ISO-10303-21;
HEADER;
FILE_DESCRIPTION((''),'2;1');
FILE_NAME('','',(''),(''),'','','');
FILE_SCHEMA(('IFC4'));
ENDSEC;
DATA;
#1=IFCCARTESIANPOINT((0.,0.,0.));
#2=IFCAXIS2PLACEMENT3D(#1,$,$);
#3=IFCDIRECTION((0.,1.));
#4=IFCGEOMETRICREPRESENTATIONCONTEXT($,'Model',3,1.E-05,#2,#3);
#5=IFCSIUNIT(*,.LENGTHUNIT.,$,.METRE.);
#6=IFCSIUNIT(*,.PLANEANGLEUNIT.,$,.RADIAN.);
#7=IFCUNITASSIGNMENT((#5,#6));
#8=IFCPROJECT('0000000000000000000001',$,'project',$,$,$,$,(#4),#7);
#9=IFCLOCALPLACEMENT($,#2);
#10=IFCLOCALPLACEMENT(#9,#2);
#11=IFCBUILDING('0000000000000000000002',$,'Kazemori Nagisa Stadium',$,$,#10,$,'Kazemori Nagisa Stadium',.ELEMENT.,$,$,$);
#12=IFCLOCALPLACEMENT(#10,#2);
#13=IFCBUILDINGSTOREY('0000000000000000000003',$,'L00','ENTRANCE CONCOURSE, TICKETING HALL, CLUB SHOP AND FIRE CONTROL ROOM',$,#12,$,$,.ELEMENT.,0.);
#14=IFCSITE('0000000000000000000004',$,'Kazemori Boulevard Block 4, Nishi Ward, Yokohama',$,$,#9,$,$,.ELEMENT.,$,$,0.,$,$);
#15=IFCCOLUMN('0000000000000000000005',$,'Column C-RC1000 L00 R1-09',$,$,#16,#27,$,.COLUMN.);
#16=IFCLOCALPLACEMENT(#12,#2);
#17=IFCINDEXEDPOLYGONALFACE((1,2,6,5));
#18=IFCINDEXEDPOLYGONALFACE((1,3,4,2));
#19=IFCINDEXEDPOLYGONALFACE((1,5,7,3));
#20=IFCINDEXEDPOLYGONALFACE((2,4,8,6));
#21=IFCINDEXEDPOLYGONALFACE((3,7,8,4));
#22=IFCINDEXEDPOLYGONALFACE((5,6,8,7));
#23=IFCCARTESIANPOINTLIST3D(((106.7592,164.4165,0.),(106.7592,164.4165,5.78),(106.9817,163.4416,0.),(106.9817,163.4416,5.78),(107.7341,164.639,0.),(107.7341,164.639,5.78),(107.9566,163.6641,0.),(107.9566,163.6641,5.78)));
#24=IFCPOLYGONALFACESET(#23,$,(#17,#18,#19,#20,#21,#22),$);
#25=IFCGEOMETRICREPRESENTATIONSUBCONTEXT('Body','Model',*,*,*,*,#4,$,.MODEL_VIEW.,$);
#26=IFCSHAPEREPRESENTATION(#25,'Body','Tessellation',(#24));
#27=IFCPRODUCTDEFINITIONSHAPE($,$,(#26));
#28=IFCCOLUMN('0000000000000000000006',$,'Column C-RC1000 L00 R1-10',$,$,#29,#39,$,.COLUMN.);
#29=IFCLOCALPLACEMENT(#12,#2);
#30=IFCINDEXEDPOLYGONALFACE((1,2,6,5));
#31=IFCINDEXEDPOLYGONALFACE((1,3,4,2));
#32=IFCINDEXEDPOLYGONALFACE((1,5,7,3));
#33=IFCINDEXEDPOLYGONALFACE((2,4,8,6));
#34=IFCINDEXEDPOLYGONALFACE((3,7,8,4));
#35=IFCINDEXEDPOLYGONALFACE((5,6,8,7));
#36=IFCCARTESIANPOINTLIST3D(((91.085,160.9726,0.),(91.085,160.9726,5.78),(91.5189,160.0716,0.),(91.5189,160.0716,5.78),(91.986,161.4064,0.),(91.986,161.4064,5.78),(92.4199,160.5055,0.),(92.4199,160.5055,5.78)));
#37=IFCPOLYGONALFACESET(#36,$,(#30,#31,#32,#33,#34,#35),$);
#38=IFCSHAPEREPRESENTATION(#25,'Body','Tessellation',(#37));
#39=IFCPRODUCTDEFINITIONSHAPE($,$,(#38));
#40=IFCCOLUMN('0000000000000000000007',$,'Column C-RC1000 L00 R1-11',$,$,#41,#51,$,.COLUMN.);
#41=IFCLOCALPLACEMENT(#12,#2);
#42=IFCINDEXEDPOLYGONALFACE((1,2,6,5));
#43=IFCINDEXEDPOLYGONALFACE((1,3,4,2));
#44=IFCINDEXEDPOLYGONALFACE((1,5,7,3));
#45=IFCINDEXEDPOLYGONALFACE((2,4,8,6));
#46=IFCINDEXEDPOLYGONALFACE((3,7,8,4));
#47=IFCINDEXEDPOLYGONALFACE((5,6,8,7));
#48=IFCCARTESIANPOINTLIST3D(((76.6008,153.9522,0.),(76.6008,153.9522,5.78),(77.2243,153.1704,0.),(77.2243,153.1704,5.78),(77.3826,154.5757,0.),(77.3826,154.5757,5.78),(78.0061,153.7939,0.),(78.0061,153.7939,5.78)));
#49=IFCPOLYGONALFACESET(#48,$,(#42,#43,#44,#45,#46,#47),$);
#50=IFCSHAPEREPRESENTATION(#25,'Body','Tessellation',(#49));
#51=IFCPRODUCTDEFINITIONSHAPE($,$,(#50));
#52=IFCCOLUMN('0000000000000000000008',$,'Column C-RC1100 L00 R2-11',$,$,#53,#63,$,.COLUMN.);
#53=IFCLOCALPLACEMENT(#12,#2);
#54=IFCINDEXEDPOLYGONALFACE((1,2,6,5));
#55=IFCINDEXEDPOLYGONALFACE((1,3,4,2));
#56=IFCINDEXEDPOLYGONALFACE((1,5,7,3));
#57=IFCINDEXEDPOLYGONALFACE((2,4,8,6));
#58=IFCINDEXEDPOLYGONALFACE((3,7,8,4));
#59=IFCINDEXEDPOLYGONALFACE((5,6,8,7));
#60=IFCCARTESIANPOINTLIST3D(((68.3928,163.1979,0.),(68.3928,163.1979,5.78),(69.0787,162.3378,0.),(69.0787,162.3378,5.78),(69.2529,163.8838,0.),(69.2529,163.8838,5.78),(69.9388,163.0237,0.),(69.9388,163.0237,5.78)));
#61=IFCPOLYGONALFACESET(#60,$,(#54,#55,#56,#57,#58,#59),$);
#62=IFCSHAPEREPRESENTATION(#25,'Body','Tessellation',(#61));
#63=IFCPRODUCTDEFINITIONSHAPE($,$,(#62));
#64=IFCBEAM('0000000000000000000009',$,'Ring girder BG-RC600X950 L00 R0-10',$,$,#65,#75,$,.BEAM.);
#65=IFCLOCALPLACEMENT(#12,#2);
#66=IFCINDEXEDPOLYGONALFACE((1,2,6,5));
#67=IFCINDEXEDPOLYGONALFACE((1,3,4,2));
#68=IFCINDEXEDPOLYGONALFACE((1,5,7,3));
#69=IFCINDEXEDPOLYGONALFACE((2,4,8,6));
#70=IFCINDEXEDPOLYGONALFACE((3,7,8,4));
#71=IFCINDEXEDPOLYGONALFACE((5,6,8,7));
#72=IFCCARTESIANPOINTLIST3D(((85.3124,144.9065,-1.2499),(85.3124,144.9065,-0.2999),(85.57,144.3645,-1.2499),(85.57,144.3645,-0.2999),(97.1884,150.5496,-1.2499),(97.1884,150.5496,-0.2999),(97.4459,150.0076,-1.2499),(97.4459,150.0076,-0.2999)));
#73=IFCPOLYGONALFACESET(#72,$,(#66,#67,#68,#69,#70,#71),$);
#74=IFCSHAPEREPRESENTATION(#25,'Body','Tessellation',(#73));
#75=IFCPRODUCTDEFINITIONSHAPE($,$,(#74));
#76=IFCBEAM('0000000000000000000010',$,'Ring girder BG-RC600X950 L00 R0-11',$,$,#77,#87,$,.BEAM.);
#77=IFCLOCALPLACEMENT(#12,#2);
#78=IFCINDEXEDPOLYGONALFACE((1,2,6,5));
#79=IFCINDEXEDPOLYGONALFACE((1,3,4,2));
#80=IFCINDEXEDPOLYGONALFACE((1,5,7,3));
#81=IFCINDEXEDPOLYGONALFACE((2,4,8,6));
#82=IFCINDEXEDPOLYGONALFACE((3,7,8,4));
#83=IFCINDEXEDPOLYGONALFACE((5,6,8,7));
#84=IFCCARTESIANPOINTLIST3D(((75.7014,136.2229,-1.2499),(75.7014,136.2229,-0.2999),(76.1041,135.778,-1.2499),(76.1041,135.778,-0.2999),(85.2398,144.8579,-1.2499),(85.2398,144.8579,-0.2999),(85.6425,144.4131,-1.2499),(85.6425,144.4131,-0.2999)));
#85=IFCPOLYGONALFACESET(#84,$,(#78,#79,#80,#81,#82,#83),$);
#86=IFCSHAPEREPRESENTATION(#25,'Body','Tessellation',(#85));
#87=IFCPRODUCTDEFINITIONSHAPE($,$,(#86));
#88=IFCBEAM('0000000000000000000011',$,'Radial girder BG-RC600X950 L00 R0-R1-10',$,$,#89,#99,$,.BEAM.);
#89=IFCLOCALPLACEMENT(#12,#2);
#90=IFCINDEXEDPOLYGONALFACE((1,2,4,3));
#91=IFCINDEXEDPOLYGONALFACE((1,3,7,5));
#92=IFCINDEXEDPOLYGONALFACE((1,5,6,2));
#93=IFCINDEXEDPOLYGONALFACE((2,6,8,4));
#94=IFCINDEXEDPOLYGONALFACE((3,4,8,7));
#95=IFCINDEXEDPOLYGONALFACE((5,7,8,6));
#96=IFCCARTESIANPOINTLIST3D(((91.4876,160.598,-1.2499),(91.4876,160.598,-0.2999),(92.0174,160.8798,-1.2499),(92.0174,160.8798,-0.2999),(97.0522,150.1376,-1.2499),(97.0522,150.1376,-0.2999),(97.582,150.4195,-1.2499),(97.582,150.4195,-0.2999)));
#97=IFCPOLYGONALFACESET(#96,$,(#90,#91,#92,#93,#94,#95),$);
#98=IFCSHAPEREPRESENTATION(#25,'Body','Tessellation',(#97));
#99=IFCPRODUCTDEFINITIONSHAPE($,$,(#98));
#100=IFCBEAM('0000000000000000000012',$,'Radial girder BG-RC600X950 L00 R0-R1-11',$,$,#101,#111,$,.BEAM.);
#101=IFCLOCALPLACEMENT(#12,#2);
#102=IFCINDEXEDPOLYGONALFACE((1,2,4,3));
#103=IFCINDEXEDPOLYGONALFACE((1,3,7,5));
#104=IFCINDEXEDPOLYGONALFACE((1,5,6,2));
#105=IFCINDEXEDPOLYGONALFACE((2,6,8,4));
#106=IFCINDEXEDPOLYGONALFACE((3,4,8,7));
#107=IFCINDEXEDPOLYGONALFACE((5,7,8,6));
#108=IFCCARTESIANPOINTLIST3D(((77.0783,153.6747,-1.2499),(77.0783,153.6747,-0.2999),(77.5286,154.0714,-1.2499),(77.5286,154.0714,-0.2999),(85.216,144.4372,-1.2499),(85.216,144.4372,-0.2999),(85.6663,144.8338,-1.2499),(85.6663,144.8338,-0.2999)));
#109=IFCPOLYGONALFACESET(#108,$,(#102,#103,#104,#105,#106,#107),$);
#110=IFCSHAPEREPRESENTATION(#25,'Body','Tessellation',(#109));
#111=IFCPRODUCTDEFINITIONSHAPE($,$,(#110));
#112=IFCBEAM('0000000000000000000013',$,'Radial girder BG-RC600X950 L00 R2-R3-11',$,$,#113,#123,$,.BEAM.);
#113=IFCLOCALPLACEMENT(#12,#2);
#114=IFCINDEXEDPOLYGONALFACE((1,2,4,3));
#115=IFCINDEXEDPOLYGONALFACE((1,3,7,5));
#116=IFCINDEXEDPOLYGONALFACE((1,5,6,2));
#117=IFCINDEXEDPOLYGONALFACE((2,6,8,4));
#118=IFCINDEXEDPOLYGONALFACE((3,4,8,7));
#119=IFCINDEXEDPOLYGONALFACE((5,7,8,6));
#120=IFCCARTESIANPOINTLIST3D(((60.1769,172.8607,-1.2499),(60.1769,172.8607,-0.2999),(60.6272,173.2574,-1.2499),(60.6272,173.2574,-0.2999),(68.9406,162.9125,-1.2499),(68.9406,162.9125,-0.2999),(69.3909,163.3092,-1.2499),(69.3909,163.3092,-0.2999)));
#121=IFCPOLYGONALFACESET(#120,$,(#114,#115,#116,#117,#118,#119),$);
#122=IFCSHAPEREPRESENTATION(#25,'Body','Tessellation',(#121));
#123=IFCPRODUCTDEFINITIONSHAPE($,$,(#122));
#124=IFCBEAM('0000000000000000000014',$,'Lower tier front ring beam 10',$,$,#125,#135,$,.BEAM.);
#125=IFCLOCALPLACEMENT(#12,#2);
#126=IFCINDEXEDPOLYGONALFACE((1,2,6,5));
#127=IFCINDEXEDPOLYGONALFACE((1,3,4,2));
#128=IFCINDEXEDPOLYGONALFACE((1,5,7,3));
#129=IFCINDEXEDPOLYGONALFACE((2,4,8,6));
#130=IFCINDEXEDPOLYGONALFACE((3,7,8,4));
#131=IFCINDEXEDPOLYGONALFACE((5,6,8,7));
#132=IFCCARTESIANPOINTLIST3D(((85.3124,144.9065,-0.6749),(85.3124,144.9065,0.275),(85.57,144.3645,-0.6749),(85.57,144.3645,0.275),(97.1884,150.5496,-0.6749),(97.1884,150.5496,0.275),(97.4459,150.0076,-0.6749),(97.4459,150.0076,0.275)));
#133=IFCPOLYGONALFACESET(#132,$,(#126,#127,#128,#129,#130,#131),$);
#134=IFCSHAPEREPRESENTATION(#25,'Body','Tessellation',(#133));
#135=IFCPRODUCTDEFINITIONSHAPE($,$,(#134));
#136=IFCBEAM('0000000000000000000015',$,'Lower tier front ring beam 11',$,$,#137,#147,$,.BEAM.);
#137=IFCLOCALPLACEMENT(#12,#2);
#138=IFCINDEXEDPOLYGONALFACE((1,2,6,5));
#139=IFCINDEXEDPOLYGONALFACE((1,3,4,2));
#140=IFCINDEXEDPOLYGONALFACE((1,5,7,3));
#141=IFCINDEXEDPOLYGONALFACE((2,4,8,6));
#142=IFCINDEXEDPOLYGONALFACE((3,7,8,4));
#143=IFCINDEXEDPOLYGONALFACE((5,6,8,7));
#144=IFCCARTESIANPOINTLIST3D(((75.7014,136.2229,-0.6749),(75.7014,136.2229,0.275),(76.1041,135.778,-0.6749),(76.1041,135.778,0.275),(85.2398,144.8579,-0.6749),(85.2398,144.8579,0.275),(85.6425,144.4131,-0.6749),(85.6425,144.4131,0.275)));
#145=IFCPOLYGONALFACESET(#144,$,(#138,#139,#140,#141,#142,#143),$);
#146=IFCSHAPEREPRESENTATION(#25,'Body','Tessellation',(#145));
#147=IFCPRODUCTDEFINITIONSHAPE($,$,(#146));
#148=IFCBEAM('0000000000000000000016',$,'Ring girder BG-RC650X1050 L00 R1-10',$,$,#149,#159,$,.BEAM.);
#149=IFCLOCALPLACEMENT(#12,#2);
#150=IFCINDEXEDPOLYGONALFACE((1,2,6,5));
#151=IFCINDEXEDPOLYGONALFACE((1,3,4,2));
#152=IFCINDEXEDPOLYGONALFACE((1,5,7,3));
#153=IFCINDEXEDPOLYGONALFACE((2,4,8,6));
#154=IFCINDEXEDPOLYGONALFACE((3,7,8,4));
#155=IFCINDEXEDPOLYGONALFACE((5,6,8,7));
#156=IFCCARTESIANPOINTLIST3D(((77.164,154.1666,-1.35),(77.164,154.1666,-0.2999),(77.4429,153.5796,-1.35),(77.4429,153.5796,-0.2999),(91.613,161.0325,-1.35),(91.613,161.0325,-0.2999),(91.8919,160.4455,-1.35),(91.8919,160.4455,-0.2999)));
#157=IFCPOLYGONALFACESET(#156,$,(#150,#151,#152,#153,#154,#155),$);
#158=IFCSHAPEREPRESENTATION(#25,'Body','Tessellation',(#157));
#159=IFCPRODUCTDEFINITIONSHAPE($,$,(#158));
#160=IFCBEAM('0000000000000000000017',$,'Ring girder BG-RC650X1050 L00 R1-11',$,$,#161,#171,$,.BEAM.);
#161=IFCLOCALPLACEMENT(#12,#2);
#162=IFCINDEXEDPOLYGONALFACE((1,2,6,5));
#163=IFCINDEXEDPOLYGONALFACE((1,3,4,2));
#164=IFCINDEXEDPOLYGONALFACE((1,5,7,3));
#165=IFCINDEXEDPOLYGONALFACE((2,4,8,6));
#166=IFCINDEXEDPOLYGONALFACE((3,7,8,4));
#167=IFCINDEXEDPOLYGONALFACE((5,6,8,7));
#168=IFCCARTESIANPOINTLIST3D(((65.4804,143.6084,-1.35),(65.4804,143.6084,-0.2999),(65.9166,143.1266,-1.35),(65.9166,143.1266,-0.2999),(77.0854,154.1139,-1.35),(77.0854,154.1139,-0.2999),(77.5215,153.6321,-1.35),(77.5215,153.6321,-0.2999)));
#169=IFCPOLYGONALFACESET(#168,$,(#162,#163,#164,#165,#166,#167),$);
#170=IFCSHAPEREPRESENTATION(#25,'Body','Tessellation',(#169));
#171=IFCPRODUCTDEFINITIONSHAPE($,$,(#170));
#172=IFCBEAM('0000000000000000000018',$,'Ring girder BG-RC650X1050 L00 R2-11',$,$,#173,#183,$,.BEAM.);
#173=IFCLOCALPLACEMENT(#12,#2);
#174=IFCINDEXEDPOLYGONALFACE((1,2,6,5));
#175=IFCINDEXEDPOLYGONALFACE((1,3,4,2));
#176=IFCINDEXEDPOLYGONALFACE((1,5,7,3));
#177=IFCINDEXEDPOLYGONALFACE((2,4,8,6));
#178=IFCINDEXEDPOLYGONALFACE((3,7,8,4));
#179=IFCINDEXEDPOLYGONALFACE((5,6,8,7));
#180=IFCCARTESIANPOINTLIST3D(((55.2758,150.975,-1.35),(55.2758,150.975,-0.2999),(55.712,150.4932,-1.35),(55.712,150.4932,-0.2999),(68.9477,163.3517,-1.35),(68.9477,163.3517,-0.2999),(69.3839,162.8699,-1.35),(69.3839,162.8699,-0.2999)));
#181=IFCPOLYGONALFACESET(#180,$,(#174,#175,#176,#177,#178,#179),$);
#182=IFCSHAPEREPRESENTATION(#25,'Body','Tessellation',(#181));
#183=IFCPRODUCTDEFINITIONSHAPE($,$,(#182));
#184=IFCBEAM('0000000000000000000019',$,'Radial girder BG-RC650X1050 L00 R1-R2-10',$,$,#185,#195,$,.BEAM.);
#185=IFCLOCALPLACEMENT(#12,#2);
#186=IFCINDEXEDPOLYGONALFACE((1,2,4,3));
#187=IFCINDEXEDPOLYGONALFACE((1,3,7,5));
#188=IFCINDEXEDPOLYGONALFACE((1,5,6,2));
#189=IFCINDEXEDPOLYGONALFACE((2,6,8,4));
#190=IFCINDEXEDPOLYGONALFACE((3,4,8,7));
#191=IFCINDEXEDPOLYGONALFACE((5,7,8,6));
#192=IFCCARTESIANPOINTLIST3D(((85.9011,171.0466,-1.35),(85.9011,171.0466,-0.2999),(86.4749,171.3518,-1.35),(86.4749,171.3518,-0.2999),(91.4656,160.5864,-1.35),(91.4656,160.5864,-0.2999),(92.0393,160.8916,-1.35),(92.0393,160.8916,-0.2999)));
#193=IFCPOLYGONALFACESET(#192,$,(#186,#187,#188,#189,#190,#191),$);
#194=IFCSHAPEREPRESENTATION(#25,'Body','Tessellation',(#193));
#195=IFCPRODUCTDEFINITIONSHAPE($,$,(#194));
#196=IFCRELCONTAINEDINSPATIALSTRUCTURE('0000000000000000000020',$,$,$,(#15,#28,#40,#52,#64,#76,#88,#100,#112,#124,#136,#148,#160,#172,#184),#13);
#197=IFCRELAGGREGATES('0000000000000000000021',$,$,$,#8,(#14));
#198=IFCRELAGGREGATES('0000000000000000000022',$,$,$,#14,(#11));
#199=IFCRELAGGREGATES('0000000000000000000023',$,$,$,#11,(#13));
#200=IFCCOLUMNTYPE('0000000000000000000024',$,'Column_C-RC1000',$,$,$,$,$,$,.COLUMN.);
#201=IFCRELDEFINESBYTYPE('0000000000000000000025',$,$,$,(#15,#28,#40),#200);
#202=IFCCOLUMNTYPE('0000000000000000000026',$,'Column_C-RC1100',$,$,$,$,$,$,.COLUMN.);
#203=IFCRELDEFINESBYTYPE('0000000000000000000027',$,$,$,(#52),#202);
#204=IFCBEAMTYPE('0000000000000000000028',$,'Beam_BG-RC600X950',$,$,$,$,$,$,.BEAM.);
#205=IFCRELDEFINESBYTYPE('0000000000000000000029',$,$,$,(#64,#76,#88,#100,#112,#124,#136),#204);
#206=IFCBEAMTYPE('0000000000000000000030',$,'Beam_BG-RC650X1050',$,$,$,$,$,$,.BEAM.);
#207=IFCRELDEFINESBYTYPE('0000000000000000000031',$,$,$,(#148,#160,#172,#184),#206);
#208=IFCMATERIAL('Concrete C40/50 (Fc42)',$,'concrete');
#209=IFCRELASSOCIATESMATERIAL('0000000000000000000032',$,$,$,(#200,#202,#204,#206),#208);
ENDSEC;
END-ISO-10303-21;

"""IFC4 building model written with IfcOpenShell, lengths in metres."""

from ifc_helpers import new_model, si_unit, direction, frame, origin, origin_2d, place, context, subcontext, project, spatial, rectangle, extrude, material, material_profile, profile_set, type_object, element, save


model = new_model("IFC4")

# Units and contexts
model_context = context("Model", 3, precision=1e-05, world=origin(), true_north=direction((0.0, 1.0)))
body_context = subcontext(model_context, "Body", "Model", "MODEL_VIEW")
ifc_project = project(units=[si_unit("LENGTHUNIT", "METRE"), si_unit("PLANEANGLEUNIT", "RADIAN")], contexts=[model_context])

# Site, building, storey
site_placement = place(None, origin())
site = spatial("IfcSite", under=ifc_project, at=site_placement, Name="Kazemori Boulevard Block 4, Nishi Ward, Yokohama", CompositionType="ELEMENT", RefElevation=0.0)
building_placement = place(site_placement, origin())
building = spatial("IfcBuilding", under=site, at=building_placement, Name="Kazemori Nagisa Stadium", LongName="Kazemori Nagisa Stadium", CompositionType="ELEMENT")
storey_placement = place(building_placement, origin())
storey = spatial("IfcBuildingStorey", under=building, at=storey_placement, Name="L00", Description="ENTRANCE CONCOURSE, TICKETING HALL, CLUB SHOP AND FIRE CONTROL ROOM", CompositionType="ELEMENT", Elevation=0.0)

# Columns
ifc_material_1 = material(Name="Concrete C40/50 (Fc42)", Category="concrete")
ifc_material_profile_1 = material_profile(ifc_material_1, rectangle(XDim=1.0, YDim=1.0, at=origin_2d()), Name="RC-COL-1000x1000")
ifc_profile_set_1 = profile_set([ifc_material_profile_1], Name="Concrete C40/50 (Fc42)")
column_type_1 = type_object("IfcColumnType", Name="Column_C-RC1000", PredefinedType="COLUMN", material=ifc_profile_set_1)
for number, where, z_axis, x_axis, name in (
    (1, (107.3579, 164.0403, 0.0), (0.0, 0.0, 1.0), (-0.222521, 0.974928, 0.0), "Column C-RC1000 L00 R1-09"),
    (2, (91.7524, 160.739, 0.0), (0.0, 0.0, 1.0), (-0.433884, 0.900969, 0.0), "Column C-RC1000 L00 R1-10"),
    (3, (77.3035, 153.873, 0.0), (0.0, 0.0, 1.0), (-0.62349, 0.781831, 0.0), "Column C-RC1000 L00 R1-11"),
):
    element("IfcColumn", number, at=place(storey_placement, frame(where, z_axis=z_axis, x_axis=x_axis)), inside=storey, type_object=column_type_1, Name=name, PredefinedType="COLUMN", context=body_context, shape_type="SweptSolid", body=[
        extrude(rectangle(XDim=1.0, YDim=1.0, at=origin_2d()), origin(), (0.0, 0.0, 1.0), 5.78),
    ])
ifc_material_profile_2 = material_profile(ifc_material_1, rectangle(XDim=1.1001, YDim=1.1001, at=origin_2d()), Name="RC-COL-1100x1100")
ifc_profile_set_2 = profile_set([ifc_material_profile_2], Name="Concrete C40/50 (Fc42)")
column_type_2 = type_object("IfcColumnType", Name="Column_C-RC1100", PredefinedType="COLUMN", material=ifc_profile_set_2)
column_placement = place(storey_placement, frame((69.1658, 163.1108, 0.0), z_axis=(0.0, 0.0, 1.0), x_axis=(-0.62349, 0.781831, 0.0)))
element("IfcColumn", 4, at=column_placement, inside=storey, type_object=column_type_2, Name="Column C-RC1100 L00 R2-11", PredefinedType="COLUMN", context=body_context, shape_type="SweptSolid", body=[
    extrude(rectangle(XDim=1.1001, YDim=1.1001, at=origin_2d()), origin(), (0.0, 0.0, 1.0), 5.78),
])

# Beams
ifc_material_profile_3 = material_profile(ifc_material_1, rectangle(XDim=0.6001, YDim=0.95, at=origin_2d()), Name="RC-BM-600x950")
ifc_profile_set_3 = profile_set([ifc_material_profile_3], Name="Concrete C40/50 (Fc42)")
beam_type_1 = type_object("IfcBeamType", Name="Beam_BG-RC600X950", PredefinedType="BEAM", material=ifc_profile_set_3)
beam_1_placement = place(storey_placement, frame((97.3171, 150.2786, -0.7749), z_axis=(-0.903219, -0.42918, 0.0), x_axis=(0.42918, -0.903219, 0.0)))
element("IfcBeam", 5, at=beam_1_placement, inside=storey, type_object=beam_type_1, Name="Ring girder BG-RC600X950 L00 R0-10", PredefinedType="BEAM", context=body_context, shape_type="SweptSolid", body=[
    extrude(rectangle(XDim=0.6001, YDim=0.95, at=origin_2d()), origin(), (0.0, 0.0, 1.0), 13.1484),
])
beam_2_placement = place(storey_placement, frame((85.4412, 144.6355, -0.7749), z_axis=(-0.741339, -0.671131, 0.0), x_axis=(0.671131, -0.741339, 0.0)))
element("IfcBeam", 6, at=beam_2_placement, inside=storey, type_object=beam_type_1, Name="Ring girder BG-RC600X950 L00 R0-11", PredefinedType="BEAM", context=body_context, shape_type="SweptSolid", body=[
    extrude(rectangle(XDim=0.6001, YDim=0.95, at=origin_2d()), origin(), (0.0, 0.0, 1.0), 12.8665),
])
beam_3_placement = place(storey_placement, frame((97.3171, 150.2786, -0.7749), z_axis=(-0.469654, 0.88285, 0.0), x_axis=(-0.88285, -0.469654, 0.0)))
element("IfcBeam", 7, at=beam_3_placement, inside=storey, type_object=beam_type_1, Name="Radial girder BG-RC600X950 L00 R0-R1-10", PredefinedType="BEAM", context=body_context, shape_type="SweptSolid", body=[
    extrude(rectangle(XDim=0.6001, YDim=0.95, at=origin_2d()), origin(), (0.0, 0.0, 1.0), 11.8484),
])
beam_4_placement = place(storey_placement, frame((85.4412, 144.6355, -0.7749), z_axis=(-0.661024, 0.750365, 0.0), x_axis=(-0.750365, -0.661024, 0.0)))
element("IfcBeam", 8, at=beam_4_placement, inside=storey, type_object=beam_type_1, Name="Radial girder BG-RC600X950 L00 R0-R1-11", PredefinedType="BEAM", context=body_context, shape_type="SweptSolid", body=[
    extrude(rectangle(XDim=0.6001, YDim=0.95, at=origin_2d()), origin(), (0.0, 0.0, 1.0), 12.3108),
])
beam_5_placement = place(storey_placement, frame((69.1658, 163.1108, -0.7749), z_axis=(-0.66102, 0.750369, 0.0), x_axis=(-0.750369, -0.66102, 0.0)))
element("IfcBeam", 9, at=beam_5_placement, inside=storey, type_object=beam_type_1, Name="Radial girder BG-RC600X950 L00 R2-R3-11", PredefinedType="BEAM", context=body_context, shape_type="SweptSolid", body=[
    extrude(rectangle(XDim=0.6001, YDim=0.95, at=origin_2d()), origin(), (0.0, 0.0, 1.0), 13.2578),
])
beam_6_placement = place(storey_placement, frame((97.3171, 150.2786, -0.2), z_axis=(-0.903219, -0.42918, 0.0), x_axis=(0.42918, -0.903219, 0.0)))
element("IfcBeam", 10, at=beam_6_placement, inside=storey, type_object=beam_type_1, Name="Lower tier front ring beam 10", PredefinedType="BEAM", context=body_context, shape_type="SweptSolid", body=[
    extrude(rectangle(XDim=0.6001, YDim=0.95, at=origin_2d()), origin(), (0.0, 0.0, 1.0), 13.1484),
])
beam_7_placement = place(storey_placement, frame((85.4412, 144.6355, -0.2), z_axis=(-0.741339, -0.671131, 0.0), x_axis=(0.671131, -0.741339, 0.0)))
element("IfcBeam", 11, at=beam_7_placement, inside=storey, type_object=beam_type_1, Name="Lower tier front ring beam 11", PredefinedType="BEAM", context=body_context, shape_type="SweptSolid", body=[
    extrude(rectangle(XDim=0.6001, YDim=0.95, at=origin_2d()), origin(), (0.0, 0.0, 1.0), 12.8665),
])
ifc_material_profile_4 = material_profile(ifc_material_1, rectangle(XDim=0.6499, YDim=1.05, at=origin_2d()), Name="RC-BM-650x1050")
ifc_profile_set_4 = profile_set([ifc_material_profile_4], Name="Concrete C40/50 (Fc42)")
beam_type_2 = type_object("IfcBeamType", Name="Beam_BG-RC650X1050", PredefinedType="BEAM", material=ifc_profile_set_4)
beam_8_placement = place(storey_placement, frame((91.7524, 160.739, -0.825), z_axis=(-0.903212, -0.429195, 0.0), x_axis=(0.429195, -0.903212, 0.0)))
element("IfcBeam", 12, at=beam_8_placement, inside=storey, type_object=beam_type_2, Name="Ring girder BG-RC650X1050 L00 R1-10", PredefinedType="BEAM", context=body_context, shape_type="SweptSolid", body=[
    extrude(rectangle(XDim=0.6499, YDim=1.05, at=origin_2d()), origin(), (0.0, 0.0, 1.0), 15.9973),
])
beam_9_placement = place(storey_placement, frame((77.3035, 153.873, -0.825), z_axis=(-0.741349, -0.67112, 0.0), x_axis=(0.67112, -0.741349, 0.0)))
element("IfcBeam", 13, at=beam_9_placement, inside=storey, type_object=beam_type_2, Name="Ring girder BG-RC650X1050 L00 R1-11", PredefinedType="BEAM", context=body_context, shape_type="SweptSolid", body=[
    extrude(rectangle(XDim=0.6499, YDim=1.05, at=origin_2d()), origin(), (0.0, 0.0, 1.0), 15.6538),
])
beam_10_placement = place(storey_placement, frame((69.1658, 163.1108, -0.825), z_axis=(-0.741349, -0.67112, 0.0), x_axis=(0.67112, -0.741349, 0.0)))
element("IfcBeam", 14, at=beam_10_placement, inside=storey, type_object=beam_type_2, Name="Ring girder BG-RC650X1050 L00 R2-11", PredefinedType="BEAM", context=body_context, shape_type="SweptSolid", body=[
    extrude(rectangle(XDim=0.6499, YDim=1.05, at=origin_2d()), origin(), (0.0, 0.0, 1.0), 18.4419),
])
beam_11_placement = place(storey_placement, frame((91.7524, 160.739, -0.825), z_axis=(-0.469647, 0.882854, 0.0), x_axis=(-0.882854, -0.469647, 0.0)))
element("IfcBeam", 15, at=beam_11_placement, inside=storey, type_object=beam_type_2, Name="Radial girder BG-RC650X1050 L00 R1-R2-10", PredefinedType="BEAM", context=body_context, shape_type="SweptSolid", body=[
    extrude(rectangle(XDim=0.6499, YDim=1.05, at=origin_2d()), origin(), (0.0, 0.0, 1.0), 11.8481),
])

save(model, "model.ifc")
